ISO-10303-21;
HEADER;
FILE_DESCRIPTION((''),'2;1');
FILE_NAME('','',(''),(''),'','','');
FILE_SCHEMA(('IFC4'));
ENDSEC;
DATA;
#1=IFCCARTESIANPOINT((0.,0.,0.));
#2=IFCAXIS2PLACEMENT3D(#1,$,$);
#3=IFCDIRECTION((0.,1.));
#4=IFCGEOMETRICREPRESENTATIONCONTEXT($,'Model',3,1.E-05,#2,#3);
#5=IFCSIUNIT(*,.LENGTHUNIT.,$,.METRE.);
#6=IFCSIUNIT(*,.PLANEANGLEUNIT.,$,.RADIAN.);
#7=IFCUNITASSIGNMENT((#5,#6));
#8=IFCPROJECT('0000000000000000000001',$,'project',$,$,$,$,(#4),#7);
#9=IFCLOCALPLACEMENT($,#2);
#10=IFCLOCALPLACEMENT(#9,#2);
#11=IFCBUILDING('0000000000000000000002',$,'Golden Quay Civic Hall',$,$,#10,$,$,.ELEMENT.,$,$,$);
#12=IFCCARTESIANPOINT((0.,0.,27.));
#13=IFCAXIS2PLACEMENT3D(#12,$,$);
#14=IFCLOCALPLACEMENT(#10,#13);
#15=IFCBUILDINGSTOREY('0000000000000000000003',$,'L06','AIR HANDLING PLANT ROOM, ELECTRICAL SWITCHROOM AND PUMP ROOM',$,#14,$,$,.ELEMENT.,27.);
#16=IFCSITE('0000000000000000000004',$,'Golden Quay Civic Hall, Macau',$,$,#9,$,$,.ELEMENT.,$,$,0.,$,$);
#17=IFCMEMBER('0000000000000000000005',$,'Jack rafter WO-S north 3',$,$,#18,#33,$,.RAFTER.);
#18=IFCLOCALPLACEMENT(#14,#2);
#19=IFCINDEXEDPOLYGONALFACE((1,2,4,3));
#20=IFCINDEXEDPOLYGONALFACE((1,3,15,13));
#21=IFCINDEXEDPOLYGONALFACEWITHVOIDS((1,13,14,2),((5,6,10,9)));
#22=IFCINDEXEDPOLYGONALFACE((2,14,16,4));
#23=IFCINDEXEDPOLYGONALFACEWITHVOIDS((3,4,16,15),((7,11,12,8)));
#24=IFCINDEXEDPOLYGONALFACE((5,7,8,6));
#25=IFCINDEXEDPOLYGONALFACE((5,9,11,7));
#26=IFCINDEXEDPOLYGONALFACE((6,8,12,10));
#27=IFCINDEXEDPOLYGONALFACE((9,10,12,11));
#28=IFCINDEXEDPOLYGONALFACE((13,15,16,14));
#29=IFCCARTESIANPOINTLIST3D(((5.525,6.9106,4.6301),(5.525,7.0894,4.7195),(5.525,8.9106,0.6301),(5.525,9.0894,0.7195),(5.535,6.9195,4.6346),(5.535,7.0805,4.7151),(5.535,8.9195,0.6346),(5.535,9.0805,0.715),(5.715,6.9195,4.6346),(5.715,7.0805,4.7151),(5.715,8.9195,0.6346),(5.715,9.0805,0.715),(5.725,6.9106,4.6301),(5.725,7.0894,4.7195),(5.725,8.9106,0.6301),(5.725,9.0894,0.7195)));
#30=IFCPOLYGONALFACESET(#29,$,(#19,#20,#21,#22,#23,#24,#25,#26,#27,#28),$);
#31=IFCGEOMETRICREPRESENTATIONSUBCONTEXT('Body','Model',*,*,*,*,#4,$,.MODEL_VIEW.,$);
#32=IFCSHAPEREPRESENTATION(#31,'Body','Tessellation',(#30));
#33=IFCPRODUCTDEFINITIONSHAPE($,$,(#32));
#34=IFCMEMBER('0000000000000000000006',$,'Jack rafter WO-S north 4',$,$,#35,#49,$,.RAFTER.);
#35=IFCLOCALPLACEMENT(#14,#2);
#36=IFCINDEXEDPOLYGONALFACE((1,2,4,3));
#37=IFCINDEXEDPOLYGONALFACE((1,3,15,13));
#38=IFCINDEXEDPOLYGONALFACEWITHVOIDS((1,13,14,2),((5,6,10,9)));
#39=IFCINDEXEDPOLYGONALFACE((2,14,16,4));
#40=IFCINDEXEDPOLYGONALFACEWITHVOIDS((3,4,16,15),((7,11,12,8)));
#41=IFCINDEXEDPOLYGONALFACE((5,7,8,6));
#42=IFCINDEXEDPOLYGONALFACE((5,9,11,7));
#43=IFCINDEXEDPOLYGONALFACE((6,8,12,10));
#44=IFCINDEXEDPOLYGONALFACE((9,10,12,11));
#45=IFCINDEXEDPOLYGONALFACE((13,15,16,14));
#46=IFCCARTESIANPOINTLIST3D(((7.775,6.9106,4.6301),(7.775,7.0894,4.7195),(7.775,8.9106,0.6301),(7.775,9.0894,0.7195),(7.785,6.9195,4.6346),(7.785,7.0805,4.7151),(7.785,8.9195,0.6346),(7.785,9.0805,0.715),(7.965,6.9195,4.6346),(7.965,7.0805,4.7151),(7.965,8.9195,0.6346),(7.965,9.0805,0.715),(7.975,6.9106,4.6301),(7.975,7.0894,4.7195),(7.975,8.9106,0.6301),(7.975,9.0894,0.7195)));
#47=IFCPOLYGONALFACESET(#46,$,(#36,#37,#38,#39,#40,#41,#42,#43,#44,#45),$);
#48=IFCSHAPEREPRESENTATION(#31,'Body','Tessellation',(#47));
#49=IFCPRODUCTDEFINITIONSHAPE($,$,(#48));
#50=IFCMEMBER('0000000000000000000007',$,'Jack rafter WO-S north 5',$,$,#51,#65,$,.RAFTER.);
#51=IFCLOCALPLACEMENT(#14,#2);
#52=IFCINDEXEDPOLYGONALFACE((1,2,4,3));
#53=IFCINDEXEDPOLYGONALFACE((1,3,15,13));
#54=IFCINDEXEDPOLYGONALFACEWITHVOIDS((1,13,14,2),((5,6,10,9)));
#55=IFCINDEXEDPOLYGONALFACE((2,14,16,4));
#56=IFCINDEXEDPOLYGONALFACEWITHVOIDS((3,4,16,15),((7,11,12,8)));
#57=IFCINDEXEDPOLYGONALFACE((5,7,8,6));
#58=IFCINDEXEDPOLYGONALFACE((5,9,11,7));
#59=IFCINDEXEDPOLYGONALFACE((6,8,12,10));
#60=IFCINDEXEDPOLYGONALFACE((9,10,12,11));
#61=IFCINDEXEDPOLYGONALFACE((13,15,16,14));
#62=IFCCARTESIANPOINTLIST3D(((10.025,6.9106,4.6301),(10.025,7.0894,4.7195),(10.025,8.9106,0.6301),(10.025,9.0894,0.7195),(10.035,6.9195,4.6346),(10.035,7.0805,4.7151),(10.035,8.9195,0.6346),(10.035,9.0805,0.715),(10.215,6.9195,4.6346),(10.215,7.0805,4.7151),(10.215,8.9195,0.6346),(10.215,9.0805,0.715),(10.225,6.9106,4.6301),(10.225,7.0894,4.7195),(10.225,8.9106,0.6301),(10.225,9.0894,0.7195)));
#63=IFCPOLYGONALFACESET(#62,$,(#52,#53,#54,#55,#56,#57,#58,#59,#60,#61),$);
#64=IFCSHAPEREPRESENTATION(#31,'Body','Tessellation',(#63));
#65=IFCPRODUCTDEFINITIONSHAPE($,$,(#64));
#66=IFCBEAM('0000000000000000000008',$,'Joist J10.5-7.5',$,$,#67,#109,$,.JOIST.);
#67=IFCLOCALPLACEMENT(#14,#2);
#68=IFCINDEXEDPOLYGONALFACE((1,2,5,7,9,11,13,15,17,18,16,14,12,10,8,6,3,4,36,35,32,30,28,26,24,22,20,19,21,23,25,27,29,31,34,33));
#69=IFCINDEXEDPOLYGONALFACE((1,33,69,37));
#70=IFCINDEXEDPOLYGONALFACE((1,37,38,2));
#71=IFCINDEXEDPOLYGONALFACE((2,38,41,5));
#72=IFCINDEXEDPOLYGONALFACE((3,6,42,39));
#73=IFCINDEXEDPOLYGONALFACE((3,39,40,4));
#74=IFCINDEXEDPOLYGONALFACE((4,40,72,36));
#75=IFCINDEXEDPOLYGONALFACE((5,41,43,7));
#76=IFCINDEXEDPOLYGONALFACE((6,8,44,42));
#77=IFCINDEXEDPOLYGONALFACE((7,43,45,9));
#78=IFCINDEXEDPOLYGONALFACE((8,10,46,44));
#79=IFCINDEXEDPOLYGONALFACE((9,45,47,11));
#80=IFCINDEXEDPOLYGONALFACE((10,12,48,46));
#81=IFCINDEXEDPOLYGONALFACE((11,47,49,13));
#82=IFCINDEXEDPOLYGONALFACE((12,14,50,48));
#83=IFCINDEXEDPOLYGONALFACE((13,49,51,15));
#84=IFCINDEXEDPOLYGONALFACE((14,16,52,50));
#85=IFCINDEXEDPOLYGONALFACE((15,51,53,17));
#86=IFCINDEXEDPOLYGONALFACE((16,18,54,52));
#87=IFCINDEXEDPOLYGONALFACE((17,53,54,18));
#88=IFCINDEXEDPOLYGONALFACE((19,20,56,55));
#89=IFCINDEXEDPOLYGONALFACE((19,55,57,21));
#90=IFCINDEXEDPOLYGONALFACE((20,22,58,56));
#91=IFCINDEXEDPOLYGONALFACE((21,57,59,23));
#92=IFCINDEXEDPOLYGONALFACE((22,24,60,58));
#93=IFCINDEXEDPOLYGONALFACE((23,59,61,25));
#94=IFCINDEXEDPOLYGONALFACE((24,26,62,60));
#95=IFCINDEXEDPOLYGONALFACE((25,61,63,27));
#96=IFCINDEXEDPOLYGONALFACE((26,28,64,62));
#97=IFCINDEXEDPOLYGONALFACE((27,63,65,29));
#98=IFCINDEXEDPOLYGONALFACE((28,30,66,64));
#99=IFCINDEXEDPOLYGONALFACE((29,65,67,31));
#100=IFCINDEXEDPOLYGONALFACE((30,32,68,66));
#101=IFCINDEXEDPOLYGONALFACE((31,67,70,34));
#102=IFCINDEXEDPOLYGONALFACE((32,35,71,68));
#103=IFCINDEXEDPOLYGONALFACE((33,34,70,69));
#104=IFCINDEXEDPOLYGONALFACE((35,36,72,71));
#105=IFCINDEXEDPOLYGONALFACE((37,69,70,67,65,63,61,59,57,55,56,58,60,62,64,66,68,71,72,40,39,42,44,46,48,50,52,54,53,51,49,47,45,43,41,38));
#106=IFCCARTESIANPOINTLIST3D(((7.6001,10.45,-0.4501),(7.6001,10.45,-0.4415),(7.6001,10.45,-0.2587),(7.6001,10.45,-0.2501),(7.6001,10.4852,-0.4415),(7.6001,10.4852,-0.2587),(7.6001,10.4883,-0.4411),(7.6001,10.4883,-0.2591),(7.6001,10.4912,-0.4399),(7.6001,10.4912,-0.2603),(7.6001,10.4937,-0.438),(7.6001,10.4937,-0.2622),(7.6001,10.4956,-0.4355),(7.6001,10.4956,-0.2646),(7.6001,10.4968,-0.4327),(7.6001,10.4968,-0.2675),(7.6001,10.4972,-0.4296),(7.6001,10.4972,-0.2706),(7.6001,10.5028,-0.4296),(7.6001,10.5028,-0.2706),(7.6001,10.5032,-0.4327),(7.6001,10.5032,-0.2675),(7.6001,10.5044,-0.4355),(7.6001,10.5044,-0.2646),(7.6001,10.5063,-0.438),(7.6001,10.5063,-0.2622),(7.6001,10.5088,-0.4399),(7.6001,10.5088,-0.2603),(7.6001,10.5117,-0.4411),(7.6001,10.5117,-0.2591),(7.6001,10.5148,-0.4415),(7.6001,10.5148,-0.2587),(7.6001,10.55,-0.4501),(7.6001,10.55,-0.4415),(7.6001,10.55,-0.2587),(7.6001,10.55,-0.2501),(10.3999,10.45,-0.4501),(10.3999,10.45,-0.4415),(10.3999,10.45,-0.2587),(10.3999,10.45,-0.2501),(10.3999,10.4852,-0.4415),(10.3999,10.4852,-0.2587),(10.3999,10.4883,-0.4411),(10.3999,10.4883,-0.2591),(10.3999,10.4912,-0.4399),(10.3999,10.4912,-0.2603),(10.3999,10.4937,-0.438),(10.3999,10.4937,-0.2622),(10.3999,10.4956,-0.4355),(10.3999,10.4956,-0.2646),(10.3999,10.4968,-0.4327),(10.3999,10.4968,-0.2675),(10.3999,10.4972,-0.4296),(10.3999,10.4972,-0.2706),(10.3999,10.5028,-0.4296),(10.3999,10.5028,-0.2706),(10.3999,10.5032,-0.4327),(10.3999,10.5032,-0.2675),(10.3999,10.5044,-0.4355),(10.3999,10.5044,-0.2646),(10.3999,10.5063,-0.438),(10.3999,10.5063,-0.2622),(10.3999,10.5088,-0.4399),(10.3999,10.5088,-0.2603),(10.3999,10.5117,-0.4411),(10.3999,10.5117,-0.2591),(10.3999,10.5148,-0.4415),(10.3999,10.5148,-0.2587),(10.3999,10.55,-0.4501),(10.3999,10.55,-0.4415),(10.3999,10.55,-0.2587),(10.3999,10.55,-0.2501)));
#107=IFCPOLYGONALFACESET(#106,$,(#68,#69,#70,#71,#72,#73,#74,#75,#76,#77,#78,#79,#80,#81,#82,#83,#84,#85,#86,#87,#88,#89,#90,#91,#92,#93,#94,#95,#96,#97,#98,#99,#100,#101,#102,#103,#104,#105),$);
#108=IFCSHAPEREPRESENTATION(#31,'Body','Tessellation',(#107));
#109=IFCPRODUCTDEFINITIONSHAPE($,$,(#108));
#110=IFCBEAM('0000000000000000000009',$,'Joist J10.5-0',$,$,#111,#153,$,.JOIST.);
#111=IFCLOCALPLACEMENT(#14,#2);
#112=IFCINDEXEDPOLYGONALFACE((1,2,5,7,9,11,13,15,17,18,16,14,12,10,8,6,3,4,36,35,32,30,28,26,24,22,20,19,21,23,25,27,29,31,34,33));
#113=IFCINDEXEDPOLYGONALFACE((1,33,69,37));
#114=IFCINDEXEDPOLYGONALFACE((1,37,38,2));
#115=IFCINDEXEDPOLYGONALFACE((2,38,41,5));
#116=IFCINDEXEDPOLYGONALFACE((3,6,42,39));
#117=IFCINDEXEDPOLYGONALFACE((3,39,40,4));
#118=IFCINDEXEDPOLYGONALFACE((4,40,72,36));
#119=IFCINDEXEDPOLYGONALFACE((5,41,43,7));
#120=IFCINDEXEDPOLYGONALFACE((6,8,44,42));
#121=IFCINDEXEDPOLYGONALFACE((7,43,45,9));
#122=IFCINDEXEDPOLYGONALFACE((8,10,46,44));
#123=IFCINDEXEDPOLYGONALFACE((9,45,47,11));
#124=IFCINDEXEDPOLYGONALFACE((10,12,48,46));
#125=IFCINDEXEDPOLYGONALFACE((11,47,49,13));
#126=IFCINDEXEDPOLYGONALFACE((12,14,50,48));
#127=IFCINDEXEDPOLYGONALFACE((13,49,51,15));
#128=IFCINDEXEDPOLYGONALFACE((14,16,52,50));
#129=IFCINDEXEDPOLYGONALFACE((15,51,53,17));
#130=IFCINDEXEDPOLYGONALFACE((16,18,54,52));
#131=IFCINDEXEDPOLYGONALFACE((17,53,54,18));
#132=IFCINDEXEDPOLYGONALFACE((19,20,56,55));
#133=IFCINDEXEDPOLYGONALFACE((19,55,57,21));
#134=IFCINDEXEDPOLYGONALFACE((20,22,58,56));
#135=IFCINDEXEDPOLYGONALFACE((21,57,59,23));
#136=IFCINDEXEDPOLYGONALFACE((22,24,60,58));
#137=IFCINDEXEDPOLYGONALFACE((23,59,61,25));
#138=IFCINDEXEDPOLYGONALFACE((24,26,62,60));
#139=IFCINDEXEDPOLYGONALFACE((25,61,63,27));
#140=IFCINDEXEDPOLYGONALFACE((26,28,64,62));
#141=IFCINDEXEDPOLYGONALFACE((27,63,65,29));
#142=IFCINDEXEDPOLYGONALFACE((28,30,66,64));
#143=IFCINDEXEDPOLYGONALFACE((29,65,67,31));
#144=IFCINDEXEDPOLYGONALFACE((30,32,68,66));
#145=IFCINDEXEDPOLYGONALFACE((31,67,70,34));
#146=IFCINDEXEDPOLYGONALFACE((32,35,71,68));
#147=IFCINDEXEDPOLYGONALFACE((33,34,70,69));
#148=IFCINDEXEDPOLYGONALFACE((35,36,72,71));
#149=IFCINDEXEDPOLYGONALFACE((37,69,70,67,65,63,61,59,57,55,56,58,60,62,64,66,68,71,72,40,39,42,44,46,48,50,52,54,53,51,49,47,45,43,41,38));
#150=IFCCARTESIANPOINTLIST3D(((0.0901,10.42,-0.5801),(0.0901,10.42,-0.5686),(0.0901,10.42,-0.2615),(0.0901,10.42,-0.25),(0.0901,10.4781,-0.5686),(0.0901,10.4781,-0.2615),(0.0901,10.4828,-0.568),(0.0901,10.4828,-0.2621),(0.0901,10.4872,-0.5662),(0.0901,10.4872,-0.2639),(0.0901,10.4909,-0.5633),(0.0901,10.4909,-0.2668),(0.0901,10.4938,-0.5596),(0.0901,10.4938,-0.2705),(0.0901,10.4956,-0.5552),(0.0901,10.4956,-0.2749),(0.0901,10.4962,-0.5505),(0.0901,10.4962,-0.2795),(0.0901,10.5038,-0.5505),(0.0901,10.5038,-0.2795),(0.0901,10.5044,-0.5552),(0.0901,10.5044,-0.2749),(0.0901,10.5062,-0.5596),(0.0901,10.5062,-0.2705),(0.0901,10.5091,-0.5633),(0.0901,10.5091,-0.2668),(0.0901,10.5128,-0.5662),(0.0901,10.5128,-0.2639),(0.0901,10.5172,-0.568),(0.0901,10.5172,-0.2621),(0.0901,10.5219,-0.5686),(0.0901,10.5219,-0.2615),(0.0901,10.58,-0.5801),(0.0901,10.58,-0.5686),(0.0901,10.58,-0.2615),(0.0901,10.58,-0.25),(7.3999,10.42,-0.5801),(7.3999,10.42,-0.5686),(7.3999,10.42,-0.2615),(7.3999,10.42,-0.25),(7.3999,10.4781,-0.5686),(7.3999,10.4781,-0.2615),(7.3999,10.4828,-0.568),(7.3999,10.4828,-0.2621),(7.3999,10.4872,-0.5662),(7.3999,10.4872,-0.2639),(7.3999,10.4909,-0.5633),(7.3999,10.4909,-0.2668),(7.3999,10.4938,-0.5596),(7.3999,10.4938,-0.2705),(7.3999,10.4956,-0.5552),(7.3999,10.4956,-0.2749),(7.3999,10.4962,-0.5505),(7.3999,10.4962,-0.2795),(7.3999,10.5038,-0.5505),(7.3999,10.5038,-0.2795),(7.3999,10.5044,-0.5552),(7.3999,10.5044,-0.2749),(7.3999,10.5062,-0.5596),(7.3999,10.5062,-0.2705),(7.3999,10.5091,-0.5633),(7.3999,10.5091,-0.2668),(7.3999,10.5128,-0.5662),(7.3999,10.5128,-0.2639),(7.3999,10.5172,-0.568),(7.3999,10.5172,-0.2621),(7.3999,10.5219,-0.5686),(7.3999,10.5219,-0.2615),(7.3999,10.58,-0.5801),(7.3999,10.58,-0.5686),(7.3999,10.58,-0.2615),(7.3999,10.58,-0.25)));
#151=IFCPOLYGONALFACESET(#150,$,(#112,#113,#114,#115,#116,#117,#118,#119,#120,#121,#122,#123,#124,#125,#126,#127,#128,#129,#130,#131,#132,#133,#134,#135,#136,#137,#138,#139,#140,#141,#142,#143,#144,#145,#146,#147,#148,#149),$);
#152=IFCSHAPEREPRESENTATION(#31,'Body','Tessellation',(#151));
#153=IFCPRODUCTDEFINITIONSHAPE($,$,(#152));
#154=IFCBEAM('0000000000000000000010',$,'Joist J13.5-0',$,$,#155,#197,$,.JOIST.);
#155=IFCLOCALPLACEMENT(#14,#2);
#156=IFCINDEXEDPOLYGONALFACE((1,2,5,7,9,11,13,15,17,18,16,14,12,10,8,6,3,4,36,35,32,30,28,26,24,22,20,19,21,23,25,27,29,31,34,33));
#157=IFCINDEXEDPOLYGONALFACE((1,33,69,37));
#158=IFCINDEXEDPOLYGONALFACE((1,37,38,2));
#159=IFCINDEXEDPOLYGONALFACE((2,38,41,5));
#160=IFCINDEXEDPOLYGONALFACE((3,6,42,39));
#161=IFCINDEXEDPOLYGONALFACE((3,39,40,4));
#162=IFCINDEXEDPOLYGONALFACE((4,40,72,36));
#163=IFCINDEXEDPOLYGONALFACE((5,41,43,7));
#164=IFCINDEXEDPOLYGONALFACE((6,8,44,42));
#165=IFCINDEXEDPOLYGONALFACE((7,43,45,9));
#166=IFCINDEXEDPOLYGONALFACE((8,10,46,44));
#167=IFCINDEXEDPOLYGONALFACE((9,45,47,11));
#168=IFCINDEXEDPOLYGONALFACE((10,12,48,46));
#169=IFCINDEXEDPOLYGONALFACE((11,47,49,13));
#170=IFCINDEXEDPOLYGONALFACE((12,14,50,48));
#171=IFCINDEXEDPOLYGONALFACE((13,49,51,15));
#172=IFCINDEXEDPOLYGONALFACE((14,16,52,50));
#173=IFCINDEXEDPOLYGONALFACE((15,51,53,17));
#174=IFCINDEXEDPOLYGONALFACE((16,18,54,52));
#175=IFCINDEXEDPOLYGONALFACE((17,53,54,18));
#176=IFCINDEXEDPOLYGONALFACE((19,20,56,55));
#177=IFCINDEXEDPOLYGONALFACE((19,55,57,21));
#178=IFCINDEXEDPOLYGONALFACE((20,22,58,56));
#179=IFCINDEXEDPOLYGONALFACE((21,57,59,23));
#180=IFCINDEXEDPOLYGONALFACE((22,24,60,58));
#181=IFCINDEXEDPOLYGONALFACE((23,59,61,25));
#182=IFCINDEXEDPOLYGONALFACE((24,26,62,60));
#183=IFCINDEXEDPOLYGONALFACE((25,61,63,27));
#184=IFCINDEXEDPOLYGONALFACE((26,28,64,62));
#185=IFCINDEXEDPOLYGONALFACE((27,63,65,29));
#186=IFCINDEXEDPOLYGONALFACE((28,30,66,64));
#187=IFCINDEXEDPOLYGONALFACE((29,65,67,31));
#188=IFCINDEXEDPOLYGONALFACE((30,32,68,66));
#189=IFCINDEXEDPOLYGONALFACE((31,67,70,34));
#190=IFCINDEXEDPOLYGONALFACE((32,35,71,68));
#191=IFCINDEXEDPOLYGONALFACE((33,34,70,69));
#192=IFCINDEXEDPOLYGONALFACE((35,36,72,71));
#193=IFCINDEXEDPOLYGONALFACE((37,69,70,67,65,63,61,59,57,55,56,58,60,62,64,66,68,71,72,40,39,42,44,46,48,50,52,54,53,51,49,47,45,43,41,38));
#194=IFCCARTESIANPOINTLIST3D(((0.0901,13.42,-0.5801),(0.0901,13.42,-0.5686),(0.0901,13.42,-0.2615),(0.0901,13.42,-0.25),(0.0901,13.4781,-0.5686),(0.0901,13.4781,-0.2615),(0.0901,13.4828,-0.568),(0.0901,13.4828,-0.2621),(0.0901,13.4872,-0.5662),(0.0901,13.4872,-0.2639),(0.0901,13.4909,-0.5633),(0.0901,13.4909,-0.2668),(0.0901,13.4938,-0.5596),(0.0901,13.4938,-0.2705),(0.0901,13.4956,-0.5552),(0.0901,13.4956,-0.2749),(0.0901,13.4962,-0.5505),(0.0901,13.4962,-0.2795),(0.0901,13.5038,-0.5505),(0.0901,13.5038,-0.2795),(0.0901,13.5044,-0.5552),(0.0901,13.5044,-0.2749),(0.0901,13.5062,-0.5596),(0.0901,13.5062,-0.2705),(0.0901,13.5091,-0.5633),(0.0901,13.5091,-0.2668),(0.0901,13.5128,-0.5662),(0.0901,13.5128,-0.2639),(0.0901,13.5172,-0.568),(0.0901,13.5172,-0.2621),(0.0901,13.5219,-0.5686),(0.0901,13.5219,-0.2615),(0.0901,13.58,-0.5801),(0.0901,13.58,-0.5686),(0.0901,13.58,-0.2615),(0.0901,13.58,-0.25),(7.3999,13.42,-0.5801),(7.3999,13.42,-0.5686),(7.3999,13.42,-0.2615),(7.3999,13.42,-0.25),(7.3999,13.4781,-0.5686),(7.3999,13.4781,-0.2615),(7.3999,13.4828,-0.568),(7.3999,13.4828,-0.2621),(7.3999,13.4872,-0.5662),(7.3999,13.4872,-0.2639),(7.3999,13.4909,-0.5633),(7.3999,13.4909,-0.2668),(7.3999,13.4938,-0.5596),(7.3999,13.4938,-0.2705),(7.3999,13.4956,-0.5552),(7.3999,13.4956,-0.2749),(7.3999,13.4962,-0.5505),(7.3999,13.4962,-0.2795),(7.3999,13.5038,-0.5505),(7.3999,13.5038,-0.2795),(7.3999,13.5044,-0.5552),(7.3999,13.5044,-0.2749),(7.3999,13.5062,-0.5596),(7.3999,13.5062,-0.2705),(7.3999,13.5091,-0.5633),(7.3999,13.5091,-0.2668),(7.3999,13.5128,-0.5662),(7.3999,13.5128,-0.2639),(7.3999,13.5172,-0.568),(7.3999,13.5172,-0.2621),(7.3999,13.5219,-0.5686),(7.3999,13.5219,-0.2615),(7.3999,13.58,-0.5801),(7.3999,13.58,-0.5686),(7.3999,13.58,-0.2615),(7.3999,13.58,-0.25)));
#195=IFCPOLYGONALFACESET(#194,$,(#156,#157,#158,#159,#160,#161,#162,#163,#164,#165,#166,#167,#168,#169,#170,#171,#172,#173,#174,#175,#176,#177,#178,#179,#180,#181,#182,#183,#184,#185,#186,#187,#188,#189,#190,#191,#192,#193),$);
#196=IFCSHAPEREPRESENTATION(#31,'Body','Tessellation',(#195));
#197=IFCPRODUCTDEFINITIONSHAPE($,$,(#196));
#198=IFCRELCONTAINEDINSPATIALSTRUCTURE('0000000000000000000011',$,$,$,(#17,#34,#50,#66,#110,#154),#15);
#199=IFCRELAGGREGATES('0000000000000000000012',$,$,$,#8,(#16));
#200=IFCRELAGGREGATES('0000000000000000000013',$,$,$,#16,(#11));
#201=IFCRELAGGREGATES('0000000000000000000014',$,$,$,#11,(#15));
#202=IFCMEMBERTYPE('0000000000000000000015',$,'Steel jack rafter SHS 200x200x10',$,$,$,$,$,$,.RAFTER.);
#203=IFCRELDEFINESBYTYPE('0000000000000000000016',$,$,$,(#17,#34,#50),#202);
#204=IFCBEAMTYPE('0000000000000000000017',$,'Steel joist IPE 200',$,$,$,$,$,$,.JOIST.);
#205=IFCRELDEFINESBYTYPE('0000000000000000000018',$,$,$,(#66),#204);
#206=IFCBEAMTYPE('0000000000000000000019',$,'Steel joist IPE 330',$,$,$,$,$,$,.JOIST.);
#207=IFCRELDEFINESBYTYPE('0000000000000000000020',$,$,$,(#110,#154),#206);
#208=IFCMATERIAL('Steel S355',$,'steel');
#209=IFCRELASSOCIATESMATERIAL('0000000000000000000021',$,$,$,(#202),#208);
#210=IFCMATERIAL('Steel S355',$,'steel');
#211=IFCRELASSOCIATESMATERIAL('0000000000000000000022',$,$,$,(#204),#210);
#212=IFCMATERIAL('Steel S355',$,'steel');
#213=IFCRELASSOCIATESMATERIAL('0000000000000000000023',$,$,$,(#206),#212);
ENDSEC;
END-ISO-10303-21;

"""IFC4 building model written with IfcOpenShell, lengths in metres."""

from ifc_helpers import new_model, si_unit, direction, frame, origin, origin_2d, place, context, subcontext, project, spatial, hollow_rectangle, i_section, extrude, material, material_profile, profile_set, type_object, element, save


model = new_model("IFC4")

# Units and contexts
model_context = context("Model", 3, precision=1e-05, world=origin(), true_north=direction((0.0, 1.0)))
body_context = subcontext(model_context, "Body", "Model", "MODEL_VIEW")
ifc_project = project(units=[si_unit("LENGTHUNIT", "METRE"), si_unit("PLANEANGLEUNIT", "RADIAN")], contexts=[model_context])

# Site, building, storey
site_placement = place(None, origin())
site = spatial("IfcSite", under=ifc_project, at=site_placement, Name="Golden Quay Civic Hall, Macau", CompositionType="ELEMENT", RefElevation=0.0)
building_placement = place(site_placement, origin())
building = spatial("IfcBuilding", under=site, at=building_placement, Name="Golden Quay Civic Hall", CompositionType="ELEMENT")
storey_placement = place(building_placement, frame((0.0, 0.0, 27.0)))
storey = spatial("IfcBuildingStorey", under=building, at=storey_placement, Name="L06", Description="AIR HANDLING PLANT ROOM, ELECTRICAL SWITCHROOM AND PUMP ROOM", CompositionType="ELEMENT", Elevation=27.0)

# Members
ifc_material_1 = material(Name="Steel S355", Category="steel")
ifc_material_profile_1 = material_profile(ifc_material_1, hollow_rectangle(XDim=0.2, YDim=0.2, WallThickness=0.01, at=origin_2d()), Name="SHS 200x200x10")
ifc_profile_set_1 = profile_set([ifc_material_profile_1], Name="Steel S355")
member_type_1 = type_object("IfcMemberType", Name="Steel jack rafter SHS 200x200x10", PredefinedType="RAFTER", material=ifc_profile_set_1)
for number, where, z_axis, x_axis, name in (
    (1, (5.625, 9.0, 0.6748), (0.0, -0.447214, 0.894427), (1.0, 0.0, 0.0), "Jack rafter WO-S north 3"),
    (2, (7.875, 9.0, 0.6748), (0.0, -0.447214, 0.894427), (1.0, 0.0, 0.0), "Jack rafter WO-S north 4"),
    (3, (10.125, 9.0, 0.6748), (0.0, -0.447214, 0.894427), (1.0, 0.0, 0.0), "Jack rafter WO-S north 5"),
):
    element("IfcMember", number, at=place(storey_placement, frame(where, z_axis=z_axis, x_axis=x_axis)), inside=storey, type_object=member_type_1, Name=name, PredefinedType="RAFTER", context=body_context, shape_type="SweptSolid", body=[
        extrude(hollow_rectangle(XDim=0.2, YDim=0.2, WallThickness=0.01, at=origin_2d()), origin(), (0.0, 0.0, 1.0), 4.4722),
    ])

# Beams
ifc_material_2 = material(Name="Steel S355", Category="steel")
ifc_material_profile_2 = material_profile(ifc_material_2, i_section(OverallWidth=0.1001, OverallDepth=0.2, WebThickness=0.0056, FlangeThickness=0.0085, FilletRadius=0.012, at=origin_2d()), Name="IPE 200")
ifc_profile_set_2 = profile_set([ifc_material_profile_2], Name="Steel S355")
beam_type_1 = type_object("IfcBeamType", Name="Steel joist IPE 200", PredefinedType="JOIST", material=ifc_profile_set_2)
beam_1_placement = place(storey_placement, frame((7.6001, 10.5, -0.3501), z_axis=(1.0, 0.0, 0.0), x_axis=(0.0, 1.0, 0.0)))
element("IfcBeam", 4, at=beam_1_placement, inside=storey, type_object=beam_type_1, Name="Joist J10.5-7.5", PredefinedType="JOIST", context=body_context, shape_type="SweptSolid", body=[
    extrude(i_section(OverallWidth=0.1001, OverallDepth=0.2, WebThickness=0.0056, FlangeThickness=0.0085, FilletRadius=0.012, at=origin_2d()), origin(), (0.0, 0.0, 1.0), 2.7998),
])
ifc_material_3 = material(Name="Steel S355", Category="steel")
ifc_material_profile_3 = material_profile(ifc_material_3, i_section(OverallWidth=0.1599, OverallDepth=0.3301, WebThickness=0.0076, FlangeThickness=0.0115, FilletRadius=0.0181, at=origin_2d()), Name="IPE 330")
ifc_profile_set_3 = profile_set([ifc_material_profile_3], Name="Steel S355")
beam_type_2 = type_object("IfcBeamType", Name="Steel joist IPE 330", PredefinedType="JOIST", material=ifc_profile_set_3)
for number, where, z_axis, x_axis, name in (
    (5, (0.0901, 10.5, -0.415), (1.0, 0.0, 0.0), (0.0, 1.0, 0.0), "Joist J10.5-0"),
    (6, (0.0901, 13.5, -0.415), (1.0, 0.0, 0.0), (0.0, 1.0, 0.0), "Joist J13.5-0"),
):
    element("IfcBeam", number, at=place(storey_placement, frame(where, z_axis=z_axis, x_axis=x_axis)), inside=storey, type_object=beam_type_2, Name=name, PredefinedType="JOIST", context=body_context, shape_type="SweptSolid", body=[
        extrude(i_section(OverallWidth=0.1599, OverallDepth=0.3301, WebThickness=0.0076, FlangeThickness=0.0115, FilletRadius=0.0181, at=origin_2d()), origin(), (0.0, 0.0, 1.0), 7.3098),
    ])

save(model, "model.ifc")
